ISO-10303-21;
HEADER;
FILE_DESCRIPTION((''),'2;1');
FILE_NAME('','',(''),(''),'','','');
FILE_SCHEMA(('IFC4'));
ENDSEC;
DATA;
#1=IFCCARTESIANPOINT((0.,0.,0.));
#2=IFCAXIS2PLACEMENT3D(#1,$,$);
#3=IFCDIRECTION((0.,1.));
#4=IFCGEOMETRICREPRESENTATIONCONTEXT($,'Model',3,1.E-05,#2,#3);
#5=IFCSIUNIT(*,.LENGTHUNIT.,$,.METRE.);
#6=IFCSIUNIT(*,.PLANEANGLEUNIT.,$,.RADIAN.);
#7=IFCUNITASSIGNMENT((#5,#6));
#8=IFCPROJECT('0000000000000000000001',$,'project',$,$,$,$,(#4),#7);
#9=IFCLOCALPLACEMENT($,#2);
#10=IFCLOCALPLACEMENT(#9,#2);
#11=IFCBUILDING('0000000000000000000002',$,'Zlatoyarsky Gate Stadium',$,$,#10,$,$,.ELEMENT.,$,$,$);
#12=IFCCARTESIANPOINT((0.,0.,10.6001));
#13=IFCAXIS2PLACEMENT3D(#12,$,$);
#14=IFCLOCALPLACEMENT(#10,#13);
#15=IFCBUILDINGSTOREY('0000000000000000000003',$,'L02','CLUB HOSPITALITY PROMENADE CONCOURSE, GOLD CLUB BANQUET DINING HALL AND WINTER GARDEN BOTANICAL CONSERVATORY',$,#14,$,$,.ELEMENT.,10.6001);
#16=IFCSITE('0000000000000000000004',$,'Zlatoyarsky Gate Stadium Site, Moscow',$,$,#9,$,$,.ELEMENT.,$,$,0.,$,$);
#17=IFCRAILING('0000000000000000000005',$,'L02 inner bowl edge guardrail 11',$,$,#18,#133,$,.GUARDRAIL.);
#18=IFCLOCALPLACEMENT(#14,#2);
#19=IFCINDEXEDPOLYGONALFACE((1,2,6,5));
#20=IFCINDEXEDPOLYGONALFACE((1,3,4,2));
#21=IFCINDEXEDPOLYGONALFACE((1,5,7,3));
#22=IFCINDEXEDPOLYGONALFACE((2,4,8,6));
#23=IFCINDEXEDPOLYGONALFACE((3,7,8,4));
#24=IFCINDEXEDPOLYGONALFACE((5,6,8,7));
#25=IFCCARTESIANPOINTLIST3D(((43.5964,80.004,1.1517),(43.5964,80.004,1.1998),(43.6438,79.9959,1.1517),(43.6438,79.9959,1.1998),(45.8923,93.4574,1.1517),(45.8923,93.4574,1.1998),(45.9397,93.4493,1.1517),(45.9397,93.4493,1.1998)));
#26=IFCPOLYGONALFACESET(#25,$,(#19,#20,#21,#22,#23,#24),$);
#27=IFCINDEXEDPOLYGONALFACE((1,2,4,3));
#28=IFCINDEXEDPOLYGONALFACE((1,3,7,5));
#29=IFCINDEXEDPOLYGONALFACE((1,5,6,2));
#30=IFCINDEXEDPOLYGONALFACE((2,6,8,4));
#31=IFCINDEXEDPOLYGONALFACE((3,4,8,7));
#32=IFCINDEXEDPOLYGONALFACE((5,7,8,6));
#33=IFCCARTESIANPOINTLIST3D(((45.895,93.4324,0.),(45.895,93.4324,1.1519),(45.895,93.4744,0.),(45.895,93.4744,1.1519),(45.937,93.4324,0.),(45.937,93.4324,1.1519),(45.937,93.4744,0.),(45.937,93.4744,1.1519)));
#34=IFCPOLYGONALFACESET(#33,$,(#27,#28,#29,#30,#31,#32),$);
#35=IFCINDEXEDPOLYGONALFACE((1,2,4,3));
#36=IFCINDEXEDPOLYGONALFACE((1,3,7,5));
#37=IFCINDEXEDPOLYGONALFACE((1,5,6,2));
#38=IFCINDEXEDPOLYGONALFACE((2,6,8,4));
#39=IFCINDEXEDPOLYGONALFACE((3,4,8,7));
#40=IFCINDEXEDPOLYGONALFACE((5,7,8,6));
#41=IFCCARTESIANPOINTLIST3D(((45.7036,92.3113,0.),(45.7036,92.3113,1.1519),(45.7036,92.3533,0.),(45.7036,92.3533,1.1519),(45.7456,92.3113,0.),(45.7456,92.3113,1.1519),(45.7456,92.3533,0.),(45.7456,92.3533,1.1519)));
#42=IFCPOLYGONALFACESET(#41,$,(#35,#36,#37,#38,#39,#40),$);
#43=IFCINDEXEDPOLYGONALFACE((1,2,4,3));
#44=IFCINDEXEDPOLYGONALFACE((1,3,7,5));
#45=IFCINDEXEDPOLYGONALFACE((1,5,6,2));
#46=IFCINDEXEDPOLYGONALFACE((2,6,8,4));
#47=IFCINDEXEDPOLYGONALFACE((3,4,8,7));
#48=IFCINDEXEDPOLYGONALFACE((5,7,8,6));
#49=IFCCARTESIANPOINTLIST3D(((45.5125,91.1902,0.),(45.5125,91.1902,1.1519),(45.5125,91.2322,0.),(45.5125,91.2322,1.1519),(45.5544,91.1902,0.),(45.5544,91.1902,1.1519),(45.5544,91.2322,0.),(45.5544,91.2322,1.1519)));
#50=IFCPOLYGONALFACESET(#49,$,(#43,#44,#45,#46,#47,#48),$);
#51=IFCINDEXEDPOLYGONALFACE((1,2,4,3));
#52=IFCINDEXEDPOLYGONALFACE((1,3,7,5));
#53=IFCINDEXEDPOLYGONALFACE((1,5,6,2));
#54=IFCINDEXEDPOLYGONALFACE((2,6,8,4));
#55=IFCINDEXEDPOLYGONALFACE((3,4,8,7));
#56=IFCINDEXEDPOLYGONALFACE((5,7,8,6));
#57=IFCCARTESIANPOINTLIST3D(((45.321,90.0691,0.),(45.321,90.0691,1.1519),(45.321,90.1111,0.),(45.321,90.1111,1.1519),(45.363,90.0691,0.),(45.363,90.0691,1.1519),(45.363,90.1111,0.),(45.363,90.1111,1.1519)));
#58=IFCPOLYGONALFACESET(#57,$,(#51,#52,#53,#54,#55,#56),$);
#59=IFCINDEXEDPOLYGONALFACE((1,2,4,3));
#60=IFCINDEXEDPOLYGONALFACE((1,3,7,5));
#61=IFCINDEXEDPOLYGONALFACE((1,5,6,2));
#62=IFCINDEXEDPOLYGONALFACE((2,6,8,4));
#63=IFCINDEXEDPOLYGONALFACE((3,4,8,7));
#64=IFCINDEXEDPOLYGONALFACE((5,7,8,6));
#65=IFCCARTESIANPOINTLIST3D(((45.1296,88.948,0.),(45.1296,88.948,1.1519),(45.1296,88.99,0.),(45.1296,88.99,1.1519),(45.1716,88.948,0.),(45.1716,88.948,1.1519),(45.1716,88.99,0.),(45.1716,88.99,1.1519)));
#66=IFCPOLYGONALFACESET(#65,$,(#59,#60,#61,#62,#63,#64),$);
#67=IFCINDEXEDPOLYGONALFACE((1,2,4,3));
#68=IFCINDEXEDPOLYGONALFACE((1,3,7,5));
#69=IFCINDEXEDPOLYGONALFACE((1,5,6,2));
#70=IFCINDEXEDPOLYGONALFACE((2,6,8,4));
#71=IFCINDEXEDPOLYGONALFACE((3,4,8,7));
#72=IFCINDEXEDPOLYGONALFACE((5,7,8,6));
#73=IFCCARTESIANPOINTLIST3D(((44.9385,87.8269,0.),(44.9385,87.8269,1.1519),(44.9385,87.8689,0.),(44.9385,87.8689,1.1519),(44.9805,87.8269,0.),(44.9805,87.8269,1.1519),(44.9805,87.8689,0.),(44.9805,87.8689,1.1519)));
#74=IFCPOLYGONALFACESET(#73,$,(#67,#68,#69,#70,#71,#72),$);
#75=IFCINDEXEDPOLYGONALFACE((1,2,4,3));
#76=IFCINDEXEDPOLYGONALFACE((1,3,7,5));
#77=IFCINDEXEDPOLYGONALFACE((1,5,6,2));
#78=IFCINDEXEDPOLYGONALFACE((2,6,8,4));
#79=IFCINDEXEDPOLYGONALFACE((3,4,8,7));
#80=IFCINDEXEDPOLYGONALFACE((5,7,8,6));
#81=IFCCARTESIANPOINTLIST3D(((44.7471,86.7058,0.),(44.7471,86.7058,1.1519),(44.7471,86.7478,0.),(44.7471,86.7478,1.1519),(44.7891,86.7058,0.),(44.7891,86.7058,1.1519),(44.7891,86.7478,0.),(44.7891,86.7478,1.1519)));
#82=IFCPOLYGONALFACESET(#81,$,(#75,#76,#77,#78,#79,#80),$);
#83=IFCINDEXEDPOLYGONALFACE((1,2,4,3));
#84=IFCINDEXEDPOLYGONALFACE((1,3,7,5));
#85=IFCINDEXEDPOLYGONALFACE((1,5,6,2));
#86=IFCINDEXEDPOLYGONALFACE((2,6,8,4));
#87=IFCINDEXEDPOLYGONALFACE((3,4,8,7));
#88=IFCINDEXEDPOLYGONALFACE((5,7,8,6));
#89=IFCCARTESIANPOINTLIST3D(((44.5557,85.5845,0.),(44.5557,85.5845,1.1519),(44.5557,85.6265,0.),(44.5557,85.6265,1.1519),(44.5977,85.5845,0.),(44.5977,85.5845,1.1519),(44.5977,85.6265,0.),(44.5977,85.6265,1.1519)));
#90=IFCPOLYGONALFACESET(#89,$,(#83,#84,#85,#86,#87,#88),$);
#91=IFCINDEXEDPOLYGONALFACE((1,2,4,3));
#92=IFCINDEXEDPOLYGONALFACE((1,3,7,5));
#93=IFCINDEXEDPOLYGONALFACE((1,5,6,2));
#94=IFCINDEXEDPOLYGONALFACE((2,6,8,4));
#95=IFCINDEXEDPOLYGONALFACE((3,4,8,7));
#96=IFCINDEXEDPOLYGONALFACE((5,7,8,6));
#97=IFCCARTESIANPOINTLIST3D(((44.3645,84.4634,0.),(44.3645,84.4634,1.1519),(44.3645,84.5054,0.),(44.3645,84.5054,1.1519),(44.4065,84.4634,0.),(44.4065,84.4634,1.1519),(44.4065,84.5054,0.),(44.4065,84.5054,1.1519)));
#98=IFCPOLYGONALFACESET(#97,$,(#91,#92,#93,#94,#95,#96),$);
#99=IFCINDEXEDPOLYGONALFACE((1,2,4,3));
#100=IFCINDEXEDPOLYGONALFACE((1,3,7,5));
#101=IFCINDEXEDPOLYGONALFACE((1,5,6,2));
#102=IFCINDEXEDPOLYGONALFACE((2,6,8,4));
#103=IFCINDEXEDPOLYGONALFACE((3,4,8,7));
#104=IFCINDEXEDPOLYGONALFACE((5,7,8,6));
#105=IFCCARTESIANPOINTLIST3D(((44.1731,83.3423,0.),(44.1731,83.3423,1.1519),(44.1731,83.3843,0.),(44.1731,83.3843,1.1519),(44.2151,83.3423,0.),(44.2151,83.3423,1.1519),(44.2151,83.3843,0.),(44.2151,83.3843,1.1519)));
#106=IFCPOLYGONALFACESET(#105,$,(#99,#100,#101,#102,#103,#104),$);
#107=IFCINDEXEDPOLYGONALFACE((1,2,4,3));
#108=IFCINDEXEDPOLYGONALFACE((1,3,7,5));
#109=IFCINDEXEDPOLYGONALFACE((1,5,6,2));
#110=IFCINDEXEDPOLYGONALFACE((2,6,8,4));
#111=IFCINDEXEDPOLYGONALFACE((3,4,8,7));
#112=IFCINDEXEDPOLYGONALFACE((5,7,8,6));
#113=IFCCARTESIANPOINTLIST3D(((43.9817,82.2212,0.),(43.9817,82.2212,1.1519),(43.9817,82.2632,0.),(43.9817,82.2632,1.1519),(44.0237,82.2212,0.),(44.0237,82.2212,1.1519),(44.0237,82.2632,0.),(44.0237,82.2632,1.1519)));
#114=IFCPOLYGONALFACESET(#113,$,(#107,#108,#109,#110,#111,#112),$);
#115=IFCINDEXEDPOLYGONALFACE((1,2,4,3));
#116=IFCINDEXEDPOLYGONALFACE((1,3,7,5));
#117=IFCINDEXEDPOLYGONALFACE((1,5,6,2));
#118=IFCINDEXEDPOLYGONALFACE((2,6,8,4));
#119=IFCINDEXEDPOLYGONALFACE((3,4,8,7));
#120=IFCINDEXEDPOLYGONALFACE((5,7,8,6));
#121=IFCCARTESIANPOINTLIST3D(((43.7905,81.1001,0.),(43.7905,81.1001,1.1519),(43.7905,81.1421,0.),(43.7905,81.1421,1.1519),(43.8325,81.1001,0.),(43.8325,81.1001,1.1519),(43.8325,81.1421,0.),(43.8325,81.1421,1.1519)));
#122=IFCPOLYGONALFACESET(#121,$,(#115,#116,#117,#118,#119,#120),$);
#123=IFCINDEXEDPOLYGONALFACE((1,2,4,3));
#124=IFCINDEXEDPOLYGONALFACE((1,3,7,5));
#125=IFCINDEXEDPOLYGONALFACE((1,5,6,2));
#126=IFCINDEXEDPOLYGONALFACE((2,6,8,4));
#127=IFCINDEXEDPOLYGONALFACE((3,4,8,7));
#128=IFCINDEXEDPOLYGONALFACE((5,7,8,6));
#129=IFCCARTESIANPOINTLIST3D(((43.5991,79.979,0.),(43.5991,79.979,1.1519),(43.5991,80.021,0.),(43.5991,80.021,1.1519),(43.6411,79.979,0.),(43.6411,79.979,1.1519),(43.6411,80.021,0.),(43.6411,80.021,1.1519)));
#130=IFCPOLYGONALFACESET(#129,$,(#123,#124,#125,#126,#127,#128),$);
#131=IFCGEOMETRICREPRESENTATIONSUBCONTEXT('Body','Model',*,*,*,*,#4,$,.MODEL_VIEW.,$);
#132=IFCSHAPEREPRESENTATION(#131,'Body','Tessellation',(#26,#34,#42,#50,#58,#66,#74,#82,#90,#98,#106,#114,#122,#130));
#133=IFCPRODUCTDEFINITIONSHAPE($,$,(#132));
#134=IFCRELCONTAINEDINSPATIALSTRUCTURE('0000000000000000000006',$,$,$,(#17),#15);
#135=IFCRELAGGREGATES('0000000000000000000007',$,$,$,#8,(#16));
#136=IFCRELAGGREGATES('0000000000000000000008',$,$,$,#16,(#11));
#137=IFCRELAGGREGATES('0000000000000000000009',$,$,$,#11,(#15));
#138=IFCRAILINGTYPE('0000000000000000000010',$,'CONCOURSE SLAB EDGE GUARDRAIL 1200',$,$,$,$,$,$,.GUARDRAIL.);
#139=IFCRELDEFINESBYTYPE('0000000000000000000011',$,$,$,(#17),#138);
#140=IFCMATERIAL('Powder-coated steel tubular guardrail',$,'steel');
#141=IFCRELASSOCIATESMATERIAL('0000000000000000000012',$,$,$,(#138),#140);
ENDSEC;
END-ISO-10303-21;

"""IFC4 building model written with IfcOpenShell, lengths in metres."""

from ifc_helpers import new_model, si_unit, direction, frame, origin, origin_2d, place, context, subcontext, project, spatial, rectangle, extrude, material, type_object, element, save


model = new_model("IFC4")

# Units and contexts
model_context = context("Model", 3, precision=1e-05, world=origin(), true_north=direction((0.0, 1.0)))
body_context = subcontext(model_context, "Body", "Model", "MODEL_VIEW")
ifc_project = project(units=[si_unit("LENGTHUNIT", "METRE"), si_unit("PLANEANGLEUNIT", "RADIAN")], contexts=[model_context])

# Site, building, storey
site_placement = place(None, origin())
site = spatial("IfcSite", under=ifc_project, at=site_placement, Name="Zlatoyarsky Gate Stadium Site, Moscow", CompositionType="ELEMENT", RefElevation=0.0)
building_placement = place(site_placement, origin())
building = spatial("IfcBuilding", under=site, at=building_placement, Name="Zlatoyarsky Gate Stadium", CompositionType="ELEMENT")
storey_placement = place(building_placement, frame((0.0, 0.0, 10.6001)))
storey = spatial("IfcBuildingStorey", under=building, at=storey_placement, Name="L02", Description="CLUB HOSPITALITY PROMENADE CONCOURSE, GOLD CLUB BANQUET DINING HALL AND WINTER GARDEN BOTANICAL CONSERVATORY", CompositionType="ELEMENT", Elevation=10.6001)

# Railing
ifc_material_1 = material(Name="Powder-coated steel tubular guardrail", Category="steel")
railing_type = type_object("IfcRailingType", Name="CONCOURSE SLAB EDGE GUARDRAIL 1200", PredefinedType="GUARDRAIL", material=ifc_material_1)
railing_1_placement = place(storey_placement, frame((45.916, 93.4534, 0.0)))
element("IfcRailing", 1, at=railing_1_placement, inside=storey, type_object=railing_type, Name="L02 inner bowl edge guardrail 11", PredefinedType="GUARDRAIL", context=body_context, shape_type="SweptSolid", body=[
    extrude(rectangle(XDim=0.0481, YDim=0.0481, at=origin_2d()), frame((0.0, 0.0, 1.1758), z_axis=(-0.168224, -0.985749, 0.0), x_axis=(0.985749, -0.168224, 0.0)), (0.0, 0.0, 1.0), 13.6479),
    extrude(rectangle(XDim=0.042, YDim=0.042, at=origin_2d()), origin(), (0.0, 0.0, 1.0), 1.1519),
    extrude(rectangle(XDim=0.042, YDim=0.042, at=origin_2d()), frame((-0.1914, -1.1211, 0.0)), (0.0, 0.0, 1.0), 1.1519),
    extrude(rectangle(XDim=0.042, YDim=0.042, at=origin_2d()), frame((-0.3826, -2.2422, 0.0)), (0.0, 0.0, 1.0), 1.1519),
    extrude(rectangle(XDim=0.042, YDim=0.042, at=origin_2d()), frame((-0.574, -3.3633, 0.0)), (0.0, 0.0, 1.0), 1.1519),
    extrude(rectangle(XDim=0.042, YDim=0.042, at=origin_2d()), frame((-0.7654, -4.4844, 0.0)), (0.0, 0.0, 1.0), 1.1519),
    extrude(rectangle(XDim=0.042, YDim=0.042, at=origin_2d()), frame((-0.9565, -5.6055, 0.0)), (0.0, 0.0, 1.0), 1.1519),
    extrude(rectangle(XDim=0.042, YDim=0.042, at=origin_2d()), frame((-1.1479, -6.7266, 0.0)), (0.0, 0.0, 1.0), 1.1519),
    extrude(rectangle(XDim=0.042, YDim=0.042, at=origin_2d()), frame((-1.3394, -7.8479, 0.0)), (0.0, 0.0, 1.0), 1.1519),
    extrude(rectangle(XDim=0.042, YDim=0.042, at=origin_2d()), frame((-1.5305, -8.969, 0.0)), (0.0, 0.0, 1.0), 1.1519),
    extrude(rectangle(XDim=0.042, YDim=0.042, at=origin_2d()), frame((-1.7219, -10.0901, 0.0)), (0.0, 0.0, 1.0), 1.1519),
    extrude(rectangle(XDim=0.042, YDim=0.042, at=origin_2d()), frame((-1.9133, -11.2112, 0.0)), (0.0, 0.0, 1.0), 1.1519),
    extrude(rectangle(XDim=0.042, YDim=0.042, at=origin_2d()), frame((-2.1045, -12.3323, 0.0)), (0.0, 0.0, 1.0), 1.1519),
    extrude(rectangle(XDim=0.042, YDim=0.042, at=origin_2d()), frame((-2.2959, -13.4534, 0.0)), (0.0, 0.0, 1.0), 1.1519),
])

save(model, "model.ifc")
